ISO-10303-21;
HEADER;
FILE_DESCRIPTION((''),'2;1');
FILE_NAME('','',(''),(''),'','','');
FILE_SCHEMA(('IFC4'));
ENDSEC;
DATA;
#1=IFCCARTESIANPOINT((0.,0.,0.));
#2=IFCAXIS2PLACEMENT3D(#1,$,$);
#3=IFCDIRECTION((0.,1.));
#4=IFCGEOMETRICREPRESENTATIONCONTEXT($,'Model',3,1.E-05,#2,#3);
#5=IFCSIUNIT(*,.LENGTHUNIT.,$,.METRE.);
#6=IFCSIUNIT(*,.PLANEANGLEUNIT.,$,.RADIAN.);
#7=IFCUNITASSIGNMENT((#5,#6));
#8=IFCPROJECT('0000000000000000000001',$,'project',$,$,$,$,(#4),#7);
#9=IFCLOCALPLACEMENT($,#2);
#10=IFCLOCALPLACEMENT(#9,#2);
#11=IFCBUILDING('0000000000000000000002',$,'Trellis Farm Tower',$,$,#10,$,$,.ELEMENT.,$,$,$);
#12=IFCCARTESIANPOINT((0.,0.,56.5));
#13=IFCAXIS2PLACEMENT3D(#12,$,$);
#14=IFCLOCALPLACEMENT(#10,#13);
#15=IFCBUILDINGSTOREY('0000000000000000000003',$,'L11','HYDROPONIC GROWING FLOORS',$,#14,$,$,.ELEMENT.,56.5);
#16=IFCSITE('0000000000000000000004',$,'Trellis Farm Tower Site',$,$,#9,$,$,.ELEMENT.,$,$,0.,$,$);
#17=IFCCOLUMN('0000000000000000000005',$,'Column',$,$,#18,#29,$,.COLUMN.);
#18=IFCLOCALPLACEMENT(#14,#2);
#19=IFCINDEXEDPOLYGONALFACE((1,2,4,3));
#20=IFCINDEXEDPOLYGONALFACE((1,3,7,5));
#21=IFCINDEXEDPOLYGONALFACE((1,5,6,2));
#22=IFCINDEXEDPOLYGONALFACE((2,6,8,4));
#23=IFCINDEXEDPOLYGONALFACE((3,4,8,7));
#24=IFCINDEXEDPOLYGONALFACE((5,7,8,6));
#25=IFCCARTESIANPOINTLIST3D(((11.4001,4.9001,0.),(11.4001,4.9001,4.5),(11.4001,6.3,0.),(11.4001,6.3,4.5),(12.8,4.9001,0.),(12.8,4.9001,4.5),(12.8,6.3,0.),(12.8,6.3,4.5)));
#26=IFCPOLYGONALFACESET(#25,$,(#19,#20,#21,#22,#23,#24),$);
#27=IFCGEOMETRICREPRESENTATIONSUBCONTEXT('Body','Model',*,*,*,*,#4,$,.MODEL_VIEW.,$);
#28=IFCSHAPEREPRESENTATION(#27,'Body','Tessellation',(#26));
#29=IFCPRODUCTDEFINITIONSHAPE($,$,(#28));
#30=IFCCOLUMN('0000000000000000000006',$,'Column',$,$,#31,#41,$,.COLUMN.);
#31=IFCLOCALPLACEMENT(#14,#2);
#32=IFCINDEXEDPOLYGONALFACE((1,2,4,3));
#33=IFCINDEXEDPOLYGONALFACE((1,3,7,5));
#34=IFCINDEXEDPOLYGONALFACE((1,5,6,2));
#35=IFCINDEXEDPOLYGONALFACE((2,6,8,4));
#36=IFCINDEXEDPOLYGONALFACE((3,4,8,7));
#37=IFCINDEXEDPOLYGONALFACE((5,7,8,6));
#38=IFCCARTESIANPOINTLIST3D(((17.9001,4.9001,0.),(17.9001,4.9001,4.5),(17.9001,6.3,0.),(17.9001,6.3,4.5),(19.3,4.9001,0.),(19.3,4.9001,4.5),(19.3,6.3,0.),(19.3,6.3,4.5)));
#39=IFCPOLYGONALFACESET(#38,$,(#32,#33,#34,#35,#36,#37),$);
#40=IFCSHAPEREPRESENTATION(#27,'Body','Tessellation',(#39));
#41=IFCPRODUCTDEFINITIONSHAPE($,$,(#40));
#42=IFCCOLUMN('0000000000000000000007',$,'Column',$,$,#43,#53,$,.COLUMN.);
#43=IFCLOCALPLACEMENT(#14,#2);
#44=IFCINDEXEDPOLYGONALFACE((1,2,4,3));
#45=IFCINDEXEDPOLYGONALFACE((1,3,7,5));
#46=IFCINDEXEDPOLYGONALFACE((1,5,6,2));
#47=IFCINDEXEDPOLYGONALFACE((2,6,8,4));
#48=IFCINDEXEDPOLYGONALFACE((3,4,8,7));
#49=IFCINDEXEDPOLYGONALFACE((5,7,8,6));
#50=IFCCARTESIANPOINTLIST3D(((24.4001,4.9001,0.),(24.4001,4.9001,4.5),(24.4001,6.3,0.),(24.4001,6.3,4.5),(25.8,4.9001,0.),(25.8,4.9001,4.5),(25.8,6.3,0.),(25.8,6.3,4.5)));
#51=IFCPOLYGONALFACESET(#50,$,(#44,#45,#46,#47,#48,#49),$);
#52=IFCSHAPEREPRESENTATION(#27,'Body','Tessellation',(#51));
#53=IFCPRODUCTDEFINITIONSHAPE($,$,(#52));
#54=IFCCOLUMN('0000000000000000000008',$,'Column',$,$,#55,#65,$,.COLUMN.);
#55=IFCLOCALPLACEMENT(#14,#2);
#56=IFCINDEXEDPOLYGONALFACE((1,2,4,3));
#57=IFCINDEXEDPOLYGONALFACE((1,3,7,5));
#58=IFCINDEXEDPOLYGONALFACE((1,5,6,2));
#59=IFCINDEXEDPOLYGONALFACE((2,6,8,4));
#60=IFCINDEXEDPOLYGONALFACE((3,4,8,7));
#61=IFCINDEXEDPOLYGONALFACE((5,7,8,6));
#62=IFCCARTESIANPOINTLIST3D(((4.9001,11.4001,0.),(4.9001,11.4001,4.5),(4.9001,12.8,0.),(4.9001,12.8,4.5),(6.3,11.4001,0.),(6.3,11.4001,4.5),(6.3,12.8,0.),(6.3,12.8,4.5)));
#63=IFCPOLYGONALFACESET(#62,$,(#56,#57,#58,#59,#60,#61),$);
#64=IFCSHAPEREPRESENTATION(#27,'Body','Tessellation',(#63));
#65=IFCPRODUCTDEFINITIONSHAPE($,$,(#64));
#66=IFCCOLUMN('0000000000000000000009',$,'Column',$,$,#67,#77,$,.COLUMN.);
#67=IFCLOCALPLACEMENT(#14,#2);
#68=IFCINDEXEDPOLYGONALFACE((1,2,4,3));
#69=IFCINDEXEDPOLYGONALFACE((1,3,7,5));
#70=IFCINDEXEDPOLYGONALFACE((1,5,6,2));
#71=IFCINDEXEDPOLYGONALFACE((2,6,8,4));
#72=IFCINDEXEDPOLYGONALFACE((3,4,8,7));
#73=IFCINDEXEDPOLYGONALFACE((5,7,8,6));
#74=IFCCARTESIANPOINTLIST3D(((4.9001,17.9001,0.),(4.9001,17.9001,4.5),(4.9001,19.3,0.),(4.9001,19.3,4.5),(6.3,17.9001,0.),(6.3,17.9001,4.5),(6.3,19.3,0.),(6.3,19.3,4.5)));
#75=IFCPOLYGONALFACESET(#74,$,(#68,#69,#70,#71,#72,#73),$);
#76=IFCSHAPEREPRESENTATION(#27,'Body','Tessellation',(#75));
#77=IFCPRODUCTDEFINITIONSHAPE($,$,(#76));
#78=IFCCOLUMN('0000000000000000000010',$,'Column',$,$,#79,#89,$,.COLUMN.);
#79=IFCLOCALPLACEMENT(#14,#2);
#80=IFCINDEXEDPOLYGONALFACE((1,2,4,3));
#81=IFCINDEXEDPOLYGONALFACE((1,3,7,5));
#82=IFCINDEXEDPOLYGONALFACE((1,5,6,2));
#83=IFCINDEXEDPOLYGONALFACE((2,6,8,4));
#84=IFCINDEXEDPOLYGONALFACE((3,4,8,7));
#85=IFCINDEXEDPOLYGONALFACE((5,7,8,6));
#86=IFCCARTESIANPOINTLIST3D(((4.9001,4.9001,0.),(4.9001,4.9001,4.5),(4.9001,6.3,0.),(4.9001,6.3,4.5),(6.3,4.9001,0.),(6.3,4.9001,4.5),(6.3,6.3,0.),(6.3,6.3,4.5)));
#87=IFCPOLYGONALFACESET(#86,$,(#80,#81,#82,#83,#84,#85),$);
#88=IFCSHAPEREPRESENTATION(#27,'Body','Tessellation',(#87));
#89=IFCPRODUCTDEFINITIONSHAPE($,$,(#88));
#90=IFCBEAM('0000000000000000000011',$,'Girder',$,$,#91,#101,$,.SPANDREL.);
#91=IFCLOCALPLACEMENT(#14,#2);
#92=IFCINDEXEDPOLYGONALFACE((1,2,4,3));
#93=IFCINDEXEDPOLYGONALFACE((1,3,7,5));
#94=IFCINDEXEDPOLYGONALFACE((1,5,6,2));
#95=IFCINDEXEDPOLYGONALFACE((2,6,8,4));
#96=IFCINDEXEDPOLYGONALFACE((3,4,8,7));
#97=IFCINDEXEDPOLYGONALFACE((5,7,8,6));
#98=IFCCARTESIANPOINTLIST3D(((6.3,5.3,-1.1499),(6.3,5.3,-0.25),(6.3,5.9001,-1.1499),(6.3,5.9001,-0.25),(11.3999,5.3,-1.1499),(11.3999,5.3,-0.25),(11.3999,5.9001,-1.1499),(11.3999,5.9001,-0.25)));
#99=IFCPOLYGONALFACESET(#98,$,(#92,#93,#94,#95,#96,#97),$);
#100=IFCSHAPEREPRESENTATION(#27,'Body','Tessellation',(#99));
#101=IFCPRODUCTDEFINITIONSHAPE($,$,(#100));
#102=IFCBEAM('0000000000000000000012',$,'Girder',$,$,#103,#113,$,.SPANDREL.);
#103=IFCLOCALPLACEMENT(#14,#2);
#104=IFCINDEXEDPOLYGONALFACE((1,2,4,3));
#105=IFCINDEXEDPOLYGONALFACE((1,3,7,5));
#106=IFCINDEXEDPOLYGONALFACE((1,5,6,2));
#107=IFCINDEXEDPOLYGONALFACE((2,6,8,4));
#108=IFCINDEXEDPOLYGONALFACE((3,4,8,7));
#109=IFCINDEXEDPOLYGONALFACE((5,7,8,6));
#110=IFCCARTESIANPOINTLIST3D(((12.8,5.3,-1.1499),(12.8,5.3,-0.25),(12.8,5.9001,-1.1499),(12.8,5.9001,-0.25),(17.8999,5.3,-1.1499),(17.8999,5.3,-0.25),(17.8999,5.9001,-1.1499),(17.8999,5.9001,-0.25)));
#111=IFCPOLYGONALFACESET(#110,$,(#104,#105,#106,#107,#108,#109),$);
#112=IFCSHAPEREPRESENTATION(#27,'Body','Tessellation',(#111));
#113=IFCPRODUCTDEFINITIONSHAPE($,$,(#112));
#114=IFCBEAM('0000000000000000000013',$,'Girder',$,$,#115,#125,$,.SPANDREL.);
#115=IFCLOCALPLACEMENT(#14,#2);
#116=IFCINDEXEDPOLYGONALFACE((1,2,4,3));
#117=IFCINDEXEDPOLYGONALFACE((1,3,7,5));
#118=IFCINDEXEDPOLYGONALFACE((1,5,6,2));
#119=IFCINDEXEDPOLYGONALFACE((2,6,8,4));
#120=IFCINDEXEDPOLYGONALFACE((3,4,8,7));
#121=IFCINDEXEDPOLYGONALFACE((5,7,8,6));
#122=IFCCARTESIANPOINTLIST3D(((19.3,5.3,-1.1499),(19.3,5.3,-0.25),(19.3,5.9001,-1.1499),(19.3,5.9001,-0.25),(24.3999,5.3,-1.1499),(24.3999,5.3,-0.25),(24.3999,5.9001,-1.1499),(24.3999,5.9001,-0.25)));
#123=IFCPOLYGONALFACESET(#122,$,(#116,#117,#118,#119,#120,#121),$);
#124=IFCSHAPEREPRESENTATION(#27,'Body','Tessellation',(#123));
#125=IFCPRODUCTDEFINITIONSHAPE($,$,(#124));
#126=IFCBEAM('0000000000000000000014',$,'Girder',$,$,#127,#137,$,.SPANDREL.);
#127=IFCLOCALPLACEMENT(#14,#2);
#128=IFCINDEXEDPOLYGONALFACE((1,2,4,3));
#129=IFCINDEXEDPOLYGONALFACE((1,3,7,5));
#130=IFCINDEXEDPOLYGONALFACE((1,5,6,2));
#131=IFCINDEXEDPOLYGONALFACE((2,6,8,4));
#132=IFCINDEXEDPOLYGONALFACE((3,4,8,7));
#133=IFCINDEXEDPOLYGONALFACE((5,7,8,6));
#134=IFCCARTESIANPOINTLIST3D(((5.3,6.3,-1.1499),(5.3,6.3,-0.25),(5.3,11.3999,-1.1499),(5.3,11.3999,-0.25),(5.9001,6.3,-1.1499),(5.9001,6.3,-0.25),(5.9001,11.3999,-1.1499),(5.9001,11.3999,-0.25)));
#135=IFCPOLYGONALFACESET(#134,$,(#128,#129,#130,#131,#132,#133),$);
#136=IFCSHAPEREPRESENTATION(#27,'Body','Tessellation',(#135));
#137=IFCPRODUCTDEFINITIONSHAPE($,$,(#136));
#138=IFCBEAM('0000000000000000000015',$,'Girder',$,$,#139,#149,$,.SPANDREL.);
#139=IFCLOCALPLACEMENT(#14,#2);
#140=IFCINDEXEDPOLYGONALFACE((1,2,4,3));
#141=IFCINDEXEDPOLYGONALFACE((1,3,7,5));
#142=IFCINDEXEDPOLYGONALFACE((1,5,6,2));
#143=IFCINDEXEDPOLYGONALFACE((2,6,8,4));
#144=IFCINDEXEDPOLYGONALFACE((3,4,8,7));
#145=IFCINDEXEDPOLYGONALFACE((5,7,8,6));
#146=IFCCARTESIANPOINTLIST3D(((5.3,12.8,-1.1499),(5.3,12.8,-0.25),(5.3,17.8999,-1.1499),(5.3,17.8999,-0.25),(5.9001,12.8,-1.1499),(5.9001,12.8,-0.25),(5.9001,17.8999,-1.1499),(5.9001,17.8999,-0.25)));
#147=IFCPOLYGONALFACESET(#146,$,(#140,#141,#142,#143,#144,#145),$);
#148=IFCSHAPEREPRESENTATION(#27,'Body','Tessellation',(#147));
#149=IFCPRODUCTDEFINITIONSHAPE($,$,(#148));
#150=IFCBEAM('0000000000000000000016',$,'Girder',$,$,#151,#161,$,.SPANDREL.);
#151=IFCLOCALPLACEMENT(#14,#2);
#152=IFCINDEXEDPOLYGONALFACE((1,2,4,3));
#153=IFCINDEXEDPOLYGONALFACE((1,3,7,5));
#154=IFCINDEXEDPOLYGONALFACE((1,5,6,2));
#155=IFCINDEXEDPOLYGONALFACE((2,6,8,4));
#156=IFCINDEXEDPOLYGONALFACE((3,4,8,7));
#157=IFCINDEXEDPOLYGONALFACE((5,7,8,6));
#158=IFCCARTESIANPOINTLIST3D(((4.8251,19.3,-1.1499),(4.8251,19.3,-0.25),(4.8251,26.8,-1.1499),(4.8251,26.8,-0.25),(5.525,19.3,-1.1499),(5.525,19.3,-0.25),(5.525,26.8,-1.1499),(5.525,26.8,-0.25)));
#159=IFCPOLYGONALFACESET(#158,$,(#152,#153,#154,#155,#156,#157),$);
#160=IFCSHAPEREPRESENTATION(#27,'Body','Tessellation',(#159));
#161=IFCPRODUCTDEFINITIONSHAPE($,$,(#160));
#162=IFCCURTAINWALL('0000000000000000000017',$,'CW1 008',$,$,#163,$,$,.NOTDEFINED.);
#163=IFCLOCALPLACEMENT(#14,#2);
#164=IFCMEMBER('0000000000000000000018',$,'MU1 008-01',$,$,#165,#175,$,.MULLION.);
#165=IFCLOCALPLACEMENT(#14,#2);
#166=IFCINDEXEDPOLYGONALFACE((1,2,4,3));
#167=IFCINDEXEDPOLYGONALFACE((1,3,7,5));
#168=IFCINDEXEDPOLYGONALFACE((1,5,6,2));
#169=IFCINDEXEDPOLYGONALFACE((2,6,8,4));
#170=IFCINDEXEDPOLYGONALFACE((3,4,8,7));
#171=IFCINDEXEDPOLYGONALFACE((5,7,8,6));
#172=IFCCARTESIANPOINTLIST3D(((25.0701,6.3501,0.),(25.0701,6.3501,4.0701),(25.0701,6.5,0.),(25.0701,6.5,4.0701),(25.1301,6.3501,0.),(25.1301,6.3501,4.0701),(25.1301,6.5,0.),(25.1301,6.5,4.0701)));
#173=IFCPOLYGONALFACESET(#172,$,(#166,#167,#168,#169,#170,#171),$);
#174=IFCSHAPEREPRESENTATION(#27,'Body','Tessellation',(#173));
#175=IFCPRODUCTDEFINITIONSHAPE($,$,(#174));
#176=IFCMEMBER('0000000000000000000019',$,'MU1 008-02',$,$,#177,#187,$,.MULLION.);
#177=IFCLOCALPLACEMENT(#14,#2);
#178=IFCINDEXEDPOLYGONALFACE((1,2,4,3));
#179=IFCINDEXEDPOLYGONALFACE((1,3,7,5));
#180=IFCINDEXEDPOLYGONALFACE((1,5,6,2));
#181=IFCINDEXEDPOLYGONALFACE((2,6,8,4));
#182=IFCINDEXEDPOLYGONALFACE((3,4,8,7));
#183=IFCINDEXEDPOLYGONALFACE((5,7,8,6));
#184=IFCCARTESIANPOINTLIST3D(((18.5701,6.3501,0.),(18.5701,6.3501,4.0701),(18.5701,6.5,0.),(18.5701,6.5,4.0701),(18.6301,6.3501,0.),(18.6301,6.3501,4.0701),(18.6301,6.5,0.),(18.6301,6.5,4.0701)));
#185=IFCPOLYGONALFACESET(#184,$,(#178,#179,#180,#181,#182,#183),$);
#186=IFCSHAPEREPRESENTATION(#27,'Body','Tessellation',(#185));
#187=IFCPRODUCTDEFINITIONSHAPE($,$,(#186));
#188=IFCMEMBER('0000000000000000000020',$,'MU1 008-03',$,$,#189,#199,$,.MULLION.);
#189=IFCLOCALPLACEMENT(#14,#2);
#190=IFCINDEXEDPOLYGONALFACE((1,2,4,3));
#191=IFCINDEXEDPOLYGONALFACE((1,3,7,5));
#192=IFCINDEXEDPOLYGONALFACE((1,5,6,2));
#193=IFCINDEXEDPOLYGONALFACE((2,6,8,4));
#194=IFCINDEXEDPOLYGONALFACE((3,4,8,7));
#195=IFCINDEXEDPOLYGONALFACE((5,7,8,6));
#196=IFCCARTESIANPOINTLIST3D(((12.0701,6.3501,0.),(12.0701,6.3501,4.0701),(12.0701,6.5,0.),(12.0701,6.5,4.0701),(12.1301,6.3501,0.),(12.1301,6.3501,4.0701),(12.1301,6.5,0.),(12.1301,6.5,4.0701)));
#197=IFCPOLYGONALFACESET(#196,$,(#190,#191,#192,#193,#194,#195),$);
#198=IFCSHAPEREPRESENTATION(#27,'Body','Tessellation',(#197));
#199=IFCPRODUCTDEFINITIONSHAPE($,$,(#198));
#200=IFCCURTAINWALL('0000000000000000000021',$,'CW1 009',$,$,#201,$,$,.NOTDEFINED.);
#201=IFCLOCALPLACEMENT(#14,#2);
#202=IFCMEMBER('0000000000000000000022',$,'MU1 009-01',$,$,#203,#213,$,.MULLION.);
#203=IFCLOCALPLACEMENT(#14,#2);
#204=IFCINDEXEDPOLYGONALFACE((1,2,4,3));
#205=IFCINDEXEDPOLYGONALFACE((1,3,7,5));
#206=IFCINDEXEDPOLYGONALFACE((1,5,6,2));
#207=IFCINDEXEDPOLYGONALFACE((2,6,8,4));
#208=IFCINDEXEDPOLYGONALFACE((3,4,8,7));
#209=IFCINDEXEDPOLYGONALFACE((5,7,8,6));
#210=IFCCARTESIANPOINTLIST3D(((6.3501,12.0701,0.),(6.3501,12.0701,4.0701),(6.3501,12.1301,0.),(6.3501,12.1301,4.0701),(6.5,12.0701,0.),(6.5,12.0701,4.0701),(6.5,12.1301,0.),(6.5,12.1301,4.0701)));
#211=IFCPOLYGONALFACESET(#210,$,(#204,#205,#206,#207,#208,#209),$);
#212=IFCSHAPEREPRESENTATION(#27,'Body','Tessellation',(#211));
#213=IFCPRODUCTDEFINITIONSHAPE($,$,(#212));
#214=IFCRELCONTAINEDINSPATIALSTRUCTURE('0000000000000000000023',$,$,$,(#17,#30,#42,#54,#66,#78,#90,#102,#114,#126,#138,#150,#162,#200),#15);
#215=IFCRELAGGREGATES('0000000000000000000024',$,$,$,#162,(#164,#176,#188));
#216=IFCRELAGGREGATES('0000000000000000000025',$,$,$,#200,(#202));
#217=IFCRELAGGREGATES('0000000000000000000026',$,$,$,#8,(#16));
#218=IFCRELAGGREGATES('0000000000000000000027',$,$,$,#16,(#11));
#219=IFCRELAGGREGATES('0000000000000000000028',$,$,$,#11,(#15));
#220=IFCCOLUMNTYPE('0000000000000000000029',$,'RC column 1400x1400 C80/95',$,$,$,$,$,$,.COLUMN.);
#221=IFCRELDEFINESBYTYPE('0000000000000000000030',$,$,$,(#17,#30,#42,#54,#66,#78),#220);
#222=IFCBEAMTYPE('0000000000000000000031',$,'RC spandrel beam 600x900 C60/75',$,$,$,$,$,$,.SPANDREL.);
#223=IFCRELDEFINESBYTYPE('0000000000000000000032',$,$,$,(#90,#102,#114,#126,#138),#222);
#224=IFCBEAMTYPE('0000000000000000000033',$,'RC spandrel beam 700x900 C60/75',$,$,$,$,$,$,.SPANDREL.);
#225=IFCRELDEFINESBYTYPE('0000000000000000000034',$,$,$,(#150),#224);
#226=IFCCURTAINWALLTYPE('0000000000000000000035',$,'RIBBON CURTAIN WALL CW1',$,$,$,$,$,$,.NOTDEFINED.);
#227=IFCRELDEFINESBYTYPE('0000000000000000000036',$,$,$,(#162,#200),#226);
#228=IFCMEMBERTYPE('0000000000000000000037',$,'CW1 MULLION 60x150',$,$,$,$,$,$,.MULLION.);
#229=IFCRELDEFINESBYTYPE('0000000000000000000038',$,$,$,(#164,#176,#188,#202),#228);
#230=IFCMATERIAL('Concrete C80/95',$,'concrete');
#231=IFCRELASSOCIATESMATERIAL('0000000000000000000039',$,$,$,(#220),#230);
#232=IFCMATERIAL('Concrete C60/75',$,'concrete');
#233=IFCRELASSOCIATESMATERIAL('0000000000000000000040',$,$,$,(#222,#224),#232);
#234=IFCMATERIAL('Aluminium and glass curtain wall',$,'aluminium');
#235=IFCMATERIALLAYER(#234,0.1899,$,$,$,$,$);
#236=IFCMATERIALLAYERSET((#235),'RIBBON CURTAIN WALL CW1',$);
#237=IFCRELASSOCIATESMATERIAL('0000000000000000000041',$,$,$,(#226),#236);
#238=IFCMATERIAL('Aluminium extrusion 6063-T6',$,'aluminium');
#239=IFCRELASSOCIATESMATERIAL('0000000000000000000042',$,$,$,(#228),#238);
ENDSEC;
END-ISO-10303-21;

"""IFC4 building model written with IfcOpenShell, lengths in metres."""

from ifc_helpers import new_model, si_unit, direction, frame, origin, origin_2d, place, context, subcontext, project, spatial, rectangle, extrude, source, transform, mapped, material, layer, layer_set, material_profile, profile_set, type_object, element, aggregate, save


model = new_model("IFC4")

# Units and contexts
model_context = context("Model", 3, precision=1e-05, world=origin(), true_north=direction((0.0, 1.0)))
body_context = subcontext(model_context, "Body", "Model", "MODEL_VIEW")
ifc_project = project(units=[si_unit("LENGTHUNIT", "METRE"), si_unit("PLANEANGLEUNIT", "RADIAN")], contexts=[model_context])

# Site, building, storey
site_placement = place(None, origin())
site = spatial("IfcSite", under=ifc_project, at=site_placement, Name="Trellis Farm Tower Site", CompositionType="ELEMENT", RefElevation=0.0)
building_placement = place(site_placement, origin())
building = spatial("IfcBuilding", under=site, at=building_placement, Name="Trellis Farm Tower", CompositionType="ELEMENT")
storey_placement = place(building_placement, frame((0.0, 0.0, 56.5)))
storey = spatial("IfcBuildingStorey", under=building, at=storey_placement, Name="L11", Description="HYDROPONIC GROWING FLOORS", CompositionType="ELEMENT", Elevation=56.5)

# Columns
ifc_material_1 = material(Name="Concrete C80/95", Category="concrete")
ifc_material_profile_1 = material_profile(ifc_material_1, rectangle(XDim=1.3999, YDim=1.3999, at=origin_2d()), Name="RC column 1400x1400 C80/95")
ifc_profile_set_1 = profile_set([ifc_material_profile_1], Name="Concrete C80/95")
column_type = type_object("IfcColumnType", Name="RC column 1400x1400 C80/95", PredefinedType="COLUMN", material=ifc_profile_set_1)
shared_shape_1 = source(origin(), body_context, "Body", "SweptSolid", [
    extrude(rectangle(XDim=1.3999, YDim=1.3999, at=origin_2d()), origin(), (0.0, 0.0, 1.0), 4.5),
])
for number, where, z_axis, x_axis, name in (
    (1, (12.1001, 5.6001, 0.0), (0.0, 0.0, 1.0), (1.0, 0.0, 0.0), "Column"),
    (2, (18.6001, 5.6001, 0.0), (0.0, 0.0, 1.0), (1.0, 0.0, 0.0), "Column"),
    (3, (25.1001, 5.6001, 0.0), (0.0, 0.0, 1.0), (1.0, 0.0, 0.0), "Column"),
    (4, (5.6001, 12.1001, 0.0), (0.0, 0.0, 1.0), (1.0, 0.0, 0.0), "Column"),
    (5, (5.6001, 18.6001, 0.0), (0.0, 0.0, 1.0), (1.0, 0.0, 0.0), "Column"),
    (6, (5.6001, 5.6001, 0.0), (0.0, 0.0, 1.0), (1.0, 0.0, 0.0), "Column"),
):
    element("IfcColumn", number, at=place(storey_placement, frame(where, z_axis=z_axis, x_axis=x_axis)), inside=storey, type_object=column_type, Name=name, PredefinedType="COLUMN", context=body_context, shape_type="MappedRepresentation", body=[
        mapped(shared_shape_1, transform((0.0, 0.0, 0.0))),
    ])

# Beams
ifc_material_2 = material(Name="Concrete C60/75", Category="concrete")
ifc_material_profile_2 = material_profile(ifc_material_2, rectangle(XDim=0.6001, YDim=0.8999, at=origin_2d()), Name="RC spandrel beam 600x900 C60/75")
ifc_profile_set_2 = profile_set([ifc_material_profile_2], Name="Concrete C60/75")
beam_type_1 = type_object("IfcBeamType", Name="RC spandrel beam 600x900 C60/75", PredefinedType="SPANDREL", material=ifc_profile_set_2)
shared_shape_2 = source(origin(), body_context, "Body", "SweptSolid", [
    extrude(rectangle(XDim=0.6001, YDim=0.8999, at=origin_2d()), origin(), (0.0, 0.0, 1.0), 5.0999),
])
for number, where, z_axis, x_axis, name in (
    (7, (6.3, 5.6001, -0.7), (1.0, 0.0, 0.0), (0.0, 1.0, 0.0), "Girder"),
    (8, (12.8, 5.6001, -0.7), (1.0, 0.0, 0.0), (0.0, 1.0, 0.0), "Girder"),
    (9, (19.3, 5.6001, -0.7), (1.0, 0.0, 0.0), (0.0, 1.0, 0.0), "Girder"),
    (10, (5.6001, 6.3, -0.7), (0.0, 1.0, 0.0), (-1.0, 0.0, 0.0), "Girder"),
    (11, (5.6001, 12.8, -0.7), (0.0, 1.0, 0.0), (-1.0, 0.0, 0.0), "Girder"),
):
    element("IfcBeam", number, at=place(storey_placement, frame(where, z_axis=z_axis, x_axis=x_axis)), inside=storey, type_object=beam_type_1, Name=name, PredefinedType="SPANDREL", context=body_context, shape_type="MappedRepresentation", body=[
        mapped(shared_shape_2, transform((0.0, 0.0, 0.0))),
    ])
ifc_material_profile_3 = material_profile(ifc_material_2, rectangle(XDim=0.7, YDim=0.8999, at=origin_2d()), Name="RC spandrel beam 700x900 C60/75")
ifc_profile_set_3 = profile_set([ifc_material_profile_3], Name="Concrete C60/75")
beam_type_2 = type_object("IfcBeamType", Name="RC spandrel beam 700x900 C60/75", PredefinedType="SPANDREL", material=ifc_profile_set_3)
shared_shape_3 = source(origin(), body_context, "Body", "SweptSolid", [
    extrude(rectangle(XDim=0.7, YDim=0.8999, at=origin_2d()), origin(), (0.0, 0.0, 1.0), 7.5),
])
beam_placement = place(storey_placement, frame((5.175, 19.3, -0.7), z_axis=(0.0, 1.0, 0.0), x_axis=(-1.0, 0.0, 0.0)))
element("IfcBeam", 12, at=beam_placement, inside=storey, type_object=beam_type_2, Name="Girder", PredefinedType="SPANDREL", context=body_context, shape_type="MappedRepresentation", body=[
    mapped(shared_shape_3, transform((0.0, 0.0, 0.0))),
])

# Curtain walls, members
ifc_material_3 = material(Name="Aluminium and glass curtain wall", Category="aluminium")
ifc_layer_1 = layer(ifc_material_3, 0.1899)
ifc_layer_set_1 = layer_set([ifc_layer_1], Name="RIBBON CURTAIN WALL CW1")
curtain_wall_type_1 = type_object("IfcCurtainWallType", Name="RIBBON CURTAIN WALL CW1", PredefinedType="NOTDEFINED", material=ifc_layer_set_1)
placement = place(storey_placement, origin())
curtain_wall_1 = element("IfcCurtainWall", 13, at=placement, inside=storey, type_object=curtain_wall_type_1, Name="CW1 008", PredefinedType="NOTDEFINED")
ifc_material_4 = material(Name="Aluminium extrusion 6063-T6", Category="aluminium")
ifc_material_profile_4 = material_profile(ifc_material_4, rectangle(XDim=0.0601, YDim=0.1499, at=origin_2d()), Name="MULLION 60x150")
ifc_profile_set_4 = profile_set([ifc_material_profile_4], Name="Aluminium extrusion 6063-T6")
member_type_1 = type_object("IfcMemberType", Name="CW1 MULLION 60x150", PredefinedType="MULLION", material=ifc_profile_set_4)
shared_shape_4 = source(origin(), body_context, "Body", "SweptSolid", [
    extrude(rectangle(XDim=0.0601, YDim=0.1499, at=origin_2d()), origin(), (0.0, 0.0, 1.0), 4.0701),
])
member_1_placement = place(storey_placement, frame((25.1001, 6.425, 0.0), z_axis=(0.0, 0.0, 1.0), x_axis=(-1.0, 0.0, 0.0)))
member_1 = element("IfcMember", 14, at=member_1_placement, type_object=member_type_1, Name="MU1 008-01", PredefinedType="MULLION", context=body_context, shape_type="MappedRepresentation", body=[
    mapped(shared_shape_4, transform((0.0, 0.0, 0.0))),
])
member_2_placement = place(storey_placement, frame((18.6001, 6.425, 0.0), z_axis=(0.0, 0.0, 1.0), x_axis=(-1.0, 0.0, 0.0)))
member_2 = element("IfcMember", 15, at=member_2_placement, type_object=member_type_1, Name="MU1 008-02", PredefinedType="MULLION", context=body_context, shape_type="MappedRepresentation", body=[
    mapped(shared_shape_4, transform((0.0, 0.0, 0.0))),
])
member_3_placement = place(storey_placement, frame((12.1001, 6.425, 0.0), z_axis=(0.0, 0.0, 1.0), x_axis=(-1.0, 0.0, 0.0)))
member_3 = element("IfcMember", 16, at=member_3_placement, type_object=member_type_1, Name="MU1 008-03", PredefinedType="MULLION", context=body_context, shape_type="MappedRepresentation", body=[
    mapped(shared_shape_4, transform((0.0, 0.0, 0.0))),
])
aggregate(curtain_wall_1, [member_1, member_2, member_3])
curtain_wall_2 = element("IfcCurtainWall", 17, at=placement, inside=storey, type_object=curtain_wall_type_1, Name="CW1 009", PredefinedType="NOTDEFINED")
member_4_placement = place(storey_placement, frame((6.425, 12.1001, 0.0), z_axis=(0.0, 0.0, 1.0), x_axis=(0.0, 1.0, 0.0)))
member_4 = element("IfcMember", 18, at=member_4_placement, type_object=member_type_1, Name="MU1 009-01", PredefinedType="MULLION", context=body_context, shape_type="MappedRepresentation", body=[
    mapped(shared_shape_4, transform((0.0, 0.0, 0.0))),
])
aggregate(curtain_wall_2, [member_4])

save(model, "model.ifc")
